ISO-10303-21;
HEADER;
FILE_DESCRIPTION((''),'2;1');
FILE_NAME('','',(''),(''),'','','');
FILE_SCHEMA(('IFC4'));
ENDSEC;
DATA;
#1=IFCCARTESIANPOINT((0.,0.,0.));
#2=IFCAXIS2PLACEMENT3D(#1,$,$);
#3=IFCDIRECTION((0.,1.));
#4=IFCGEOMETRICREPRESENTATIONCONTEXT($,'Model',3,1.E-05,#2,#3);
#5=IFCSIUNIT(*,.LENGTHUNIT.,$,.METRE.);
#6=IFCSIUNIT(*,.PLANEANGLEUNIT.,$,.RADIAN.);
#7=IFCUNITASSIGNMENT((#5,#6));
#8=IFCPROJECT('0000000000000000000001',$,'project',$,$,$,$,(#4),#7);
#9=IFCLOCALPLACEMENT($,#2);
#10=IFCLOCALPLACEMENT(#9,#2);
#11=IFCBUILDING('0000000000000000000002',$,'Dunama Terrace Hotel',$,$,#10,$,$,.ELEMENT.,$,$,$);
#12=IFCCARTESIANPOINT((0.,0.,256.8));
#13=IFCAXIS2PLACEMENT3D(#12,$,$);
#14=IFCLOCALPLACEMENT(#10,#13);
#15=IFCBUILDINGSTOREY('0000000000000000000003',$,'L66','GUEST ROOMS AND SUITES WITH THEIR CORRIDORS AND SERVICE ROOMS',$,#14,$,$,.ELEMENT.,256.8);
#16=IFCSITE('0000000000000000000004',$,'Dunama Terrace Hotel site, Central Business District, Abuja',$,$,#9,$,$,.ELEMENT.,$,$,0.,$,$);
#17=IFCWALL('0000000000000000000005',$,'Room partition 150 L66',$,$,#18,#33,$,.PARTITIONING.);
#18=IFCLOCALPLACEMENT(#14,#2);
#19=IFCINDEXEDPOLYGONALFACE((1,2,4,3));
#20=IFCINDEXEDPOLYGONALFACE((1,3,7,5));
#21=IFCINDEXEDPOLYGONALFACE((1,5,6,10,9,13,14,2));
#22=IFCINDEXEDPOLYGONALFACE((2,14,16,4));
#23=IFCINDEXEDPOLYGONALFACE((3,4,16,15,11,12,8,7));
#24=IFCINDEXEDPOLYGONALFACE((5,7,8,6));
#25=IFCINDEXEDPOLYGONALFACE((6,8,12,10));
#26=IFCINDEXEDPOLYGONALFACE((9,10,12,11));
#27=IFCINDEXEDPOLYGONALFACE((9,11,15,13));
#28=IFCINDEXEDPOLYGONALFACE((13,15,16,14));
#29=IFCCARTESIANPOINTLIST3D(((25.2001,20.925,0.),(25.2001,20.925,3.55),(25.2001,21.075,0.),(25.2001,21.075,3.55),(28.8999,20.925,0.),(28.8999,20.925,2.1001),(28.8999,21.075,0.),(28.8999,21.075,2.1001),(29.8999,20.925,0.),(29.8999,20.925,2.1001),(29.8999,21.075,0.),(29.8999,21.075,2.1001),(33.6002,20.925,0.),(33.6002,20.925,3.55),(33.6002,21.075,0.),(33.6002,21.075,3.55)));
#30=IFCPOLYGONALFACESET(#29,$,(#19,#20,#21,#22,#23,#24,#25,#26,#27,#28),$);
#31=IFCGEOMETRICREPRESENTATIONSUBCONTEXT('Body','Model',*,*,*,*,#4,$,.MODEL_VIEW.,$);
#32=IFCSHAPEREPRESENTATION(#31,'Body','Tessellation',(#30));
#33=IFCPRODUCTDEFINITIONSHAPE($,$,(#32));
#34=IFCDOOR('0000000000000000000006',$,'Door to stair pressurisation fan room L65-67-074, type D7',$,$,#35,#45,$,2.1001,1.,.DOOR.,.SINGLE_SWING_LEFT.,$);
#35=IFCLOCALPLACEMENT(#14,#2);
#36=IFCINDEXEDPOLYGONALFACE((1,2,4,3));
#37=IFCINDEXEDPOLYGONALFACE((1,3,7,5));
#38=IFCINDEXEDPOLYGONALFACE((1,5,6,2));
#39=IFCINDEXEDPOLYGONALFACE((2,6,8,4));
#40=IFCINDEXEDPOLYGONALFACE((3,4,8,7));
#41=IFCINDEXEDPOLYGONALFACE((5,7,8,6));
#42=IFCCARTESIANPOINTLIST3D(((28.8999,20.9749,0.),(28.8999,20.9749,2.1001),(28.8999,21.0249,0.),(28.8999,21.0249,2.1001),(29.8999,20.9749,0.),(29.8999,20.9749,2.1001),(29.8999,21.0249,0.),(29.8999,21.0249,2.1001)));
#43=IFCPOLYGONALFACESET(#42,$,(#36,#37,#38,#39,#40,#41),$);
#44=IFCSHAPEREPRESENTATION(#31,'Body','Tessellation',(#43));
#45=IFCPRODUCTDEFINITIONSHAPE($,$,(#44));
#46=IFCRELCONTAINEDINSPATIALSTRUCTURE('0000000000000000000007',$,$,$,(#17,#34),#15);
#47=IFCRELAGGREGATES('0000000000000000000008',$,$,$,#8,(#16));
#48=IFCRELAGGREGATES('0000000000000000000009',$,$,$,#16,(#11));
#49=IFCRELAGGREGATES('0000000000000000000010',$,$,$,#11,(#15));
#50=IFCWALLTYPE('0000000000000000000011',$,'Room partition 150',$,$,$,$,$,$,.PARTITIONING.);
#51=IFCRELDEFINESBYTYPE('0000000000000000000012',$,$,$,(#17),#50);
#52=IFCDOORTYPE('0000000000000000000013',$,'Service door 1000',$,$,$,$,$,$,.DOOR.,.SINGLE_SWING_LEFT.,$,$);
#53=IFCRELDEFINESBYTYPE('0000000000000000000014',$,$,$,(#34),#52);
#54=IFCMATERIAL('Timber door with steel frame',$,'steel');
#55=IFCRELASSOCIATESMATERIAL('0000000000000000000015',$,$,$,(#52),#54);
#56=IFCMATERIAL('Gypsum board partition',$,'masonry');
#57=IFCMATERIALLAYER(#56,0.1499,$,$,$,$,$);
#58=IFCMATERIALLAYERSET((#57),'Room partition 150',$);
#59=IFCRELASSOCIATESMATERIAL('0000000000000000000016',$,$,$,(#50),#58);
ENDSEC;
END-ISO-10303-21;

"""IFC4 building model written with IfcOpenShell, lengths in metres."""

from ifc_helpers import new_model, si_unit, direction, frame, frame_2d, origin, place, context, subcontext, project, spatial, rectangle, extrude, material, layer, layer_set, type_object, element, fill, save


model = new_model("IFC4")

# Units and contexts
model_context = context("Model", 3, precision=1e-05, world=origin(), true_north=direction((0.0, 1.0)))
body_context = subcontext(model_context, "Body", "Model", "MODEL_VIEW")
ifc_project = project(units=[si_unit("LENGTHUNIT", "METRE"), si_unit("PLANEANGLEUNIT", "RADIAN")], contexts=[model_context])

# Site, building, storey
site_placement = place(None, origin())
site = spatial("IfcSite", under=ifc_project, at=site_placement, Name="Dunama Terrace Hotel site, Central Business District, Abuja", CompositionType="ELEMENT", RefElevation=0.0)
building_placement = place(site_placement, origin())
building = spatial("IfcBuilding", under=site, at=building_placement, Name="Dunama Terrace Hotel", CompositionType="ELEMENT")
storey_placement = place(building_placement, frame((0.0, 0.0, 256.8)))
storey = spatial("IfcBuildingStorey", under=building, at=storey_placement, Name="L66", Description="GUEST ROOMS AND SUITES WITH THEIR CORRIDORS AND SERVICE ROOMS", CompositionType="ELEMENT", Elevation=256.8)

# Shared definitions
ifc_material_1 = material(Name="Timber door with steel frame", Category="steel")
door_type_1 = type_object("IfcDoorType", Name="Service door 1000", OperationType="SINGLE_SWING_LEFT", PredefinedType="DOOR", material=ifc_material_1)
ifc_material_2 = material(Name="Gypsum board partition", Category="masonry")
ifc_layer_1 = layer(ifc_material_2, 0.1499)
ifc_layer_set_1 = layer_set([ifc_layer_1], Name="Room partition 150")
wall_type_1 = type_object("IfcWallType", Name="Room partition 150", PredefinedType="PARTITIONING", material=ifc_layer_set_1)

# Wall, opening, door
wall_1_placement = place(storey_placement, frame((25.2, 21.0, 0.0), z_axis=(0.0, 0.0, 1.0), x_axis=(1.0, 0.0, 0.0)))
wall_1 = element("IfcWall", 1, at=wall_1_placement, inside=storey, type_object=wall_type_1, Name="Room partition 150 L66", PredefinedType="PARTITIONING", context=body_context, shape_type="SweptSolid", body=[
    extrude(rectangle(XDim=8.4001, YDim=0.1499, at=frame_2d((4.2002, 0.0))), origin(), (0.0, 0.0, 1.0), 3.55),
])
opening_1_placement = place(wall_1_placement, frame((3.7, 0.0, 0.0)))
opening_1 = element("IfcOpeningElement", 2, at=opening_1_placement, cuts=wall_1, PredefinedType="OPENING", context=body_context, shape_type="SweptSolid", body=[
    extrude(rectangle(XDim=1.0, YDim=2.1001, at=frame_2d((0.5, 1.05))), frame((0.0, 0.085, 0.0), z_axis=(0.0, -1.0, 0.0), x_axis=(1.0, 0.0, 0.0)), (0.0, 0.0, 1.0), 0.1699),
])
door_1_placement = place(opening_1_placement, origin())
door_1 = element("IfcDoor", 3, at=door_1_placement, inside=storey, type_object=door_type_1, Name="Door to stair pressurisation fan room L65-67-074, type D7", OperationType="SINGLE_SWING_LEFT", OverallHeight=2.1001, OverallWidth=1.0, PredefinedType="DOOR", context=body_context, shape_type="SweptSolid", body=[
    extrude(rectangle(XDim=1.0, YDim=2.1001, at=frame_2d((0.5, 1.05))), frame((0.0, 0.0249, 0.0), z_axis=(0.0, -1.0, 0.0), x_axis=(1.0, 0.0, 0.0)), (0.0, 0.0, 1.0), 0.05),
])
fill(opening_1, door_1)

save(model, "model.ifc")
